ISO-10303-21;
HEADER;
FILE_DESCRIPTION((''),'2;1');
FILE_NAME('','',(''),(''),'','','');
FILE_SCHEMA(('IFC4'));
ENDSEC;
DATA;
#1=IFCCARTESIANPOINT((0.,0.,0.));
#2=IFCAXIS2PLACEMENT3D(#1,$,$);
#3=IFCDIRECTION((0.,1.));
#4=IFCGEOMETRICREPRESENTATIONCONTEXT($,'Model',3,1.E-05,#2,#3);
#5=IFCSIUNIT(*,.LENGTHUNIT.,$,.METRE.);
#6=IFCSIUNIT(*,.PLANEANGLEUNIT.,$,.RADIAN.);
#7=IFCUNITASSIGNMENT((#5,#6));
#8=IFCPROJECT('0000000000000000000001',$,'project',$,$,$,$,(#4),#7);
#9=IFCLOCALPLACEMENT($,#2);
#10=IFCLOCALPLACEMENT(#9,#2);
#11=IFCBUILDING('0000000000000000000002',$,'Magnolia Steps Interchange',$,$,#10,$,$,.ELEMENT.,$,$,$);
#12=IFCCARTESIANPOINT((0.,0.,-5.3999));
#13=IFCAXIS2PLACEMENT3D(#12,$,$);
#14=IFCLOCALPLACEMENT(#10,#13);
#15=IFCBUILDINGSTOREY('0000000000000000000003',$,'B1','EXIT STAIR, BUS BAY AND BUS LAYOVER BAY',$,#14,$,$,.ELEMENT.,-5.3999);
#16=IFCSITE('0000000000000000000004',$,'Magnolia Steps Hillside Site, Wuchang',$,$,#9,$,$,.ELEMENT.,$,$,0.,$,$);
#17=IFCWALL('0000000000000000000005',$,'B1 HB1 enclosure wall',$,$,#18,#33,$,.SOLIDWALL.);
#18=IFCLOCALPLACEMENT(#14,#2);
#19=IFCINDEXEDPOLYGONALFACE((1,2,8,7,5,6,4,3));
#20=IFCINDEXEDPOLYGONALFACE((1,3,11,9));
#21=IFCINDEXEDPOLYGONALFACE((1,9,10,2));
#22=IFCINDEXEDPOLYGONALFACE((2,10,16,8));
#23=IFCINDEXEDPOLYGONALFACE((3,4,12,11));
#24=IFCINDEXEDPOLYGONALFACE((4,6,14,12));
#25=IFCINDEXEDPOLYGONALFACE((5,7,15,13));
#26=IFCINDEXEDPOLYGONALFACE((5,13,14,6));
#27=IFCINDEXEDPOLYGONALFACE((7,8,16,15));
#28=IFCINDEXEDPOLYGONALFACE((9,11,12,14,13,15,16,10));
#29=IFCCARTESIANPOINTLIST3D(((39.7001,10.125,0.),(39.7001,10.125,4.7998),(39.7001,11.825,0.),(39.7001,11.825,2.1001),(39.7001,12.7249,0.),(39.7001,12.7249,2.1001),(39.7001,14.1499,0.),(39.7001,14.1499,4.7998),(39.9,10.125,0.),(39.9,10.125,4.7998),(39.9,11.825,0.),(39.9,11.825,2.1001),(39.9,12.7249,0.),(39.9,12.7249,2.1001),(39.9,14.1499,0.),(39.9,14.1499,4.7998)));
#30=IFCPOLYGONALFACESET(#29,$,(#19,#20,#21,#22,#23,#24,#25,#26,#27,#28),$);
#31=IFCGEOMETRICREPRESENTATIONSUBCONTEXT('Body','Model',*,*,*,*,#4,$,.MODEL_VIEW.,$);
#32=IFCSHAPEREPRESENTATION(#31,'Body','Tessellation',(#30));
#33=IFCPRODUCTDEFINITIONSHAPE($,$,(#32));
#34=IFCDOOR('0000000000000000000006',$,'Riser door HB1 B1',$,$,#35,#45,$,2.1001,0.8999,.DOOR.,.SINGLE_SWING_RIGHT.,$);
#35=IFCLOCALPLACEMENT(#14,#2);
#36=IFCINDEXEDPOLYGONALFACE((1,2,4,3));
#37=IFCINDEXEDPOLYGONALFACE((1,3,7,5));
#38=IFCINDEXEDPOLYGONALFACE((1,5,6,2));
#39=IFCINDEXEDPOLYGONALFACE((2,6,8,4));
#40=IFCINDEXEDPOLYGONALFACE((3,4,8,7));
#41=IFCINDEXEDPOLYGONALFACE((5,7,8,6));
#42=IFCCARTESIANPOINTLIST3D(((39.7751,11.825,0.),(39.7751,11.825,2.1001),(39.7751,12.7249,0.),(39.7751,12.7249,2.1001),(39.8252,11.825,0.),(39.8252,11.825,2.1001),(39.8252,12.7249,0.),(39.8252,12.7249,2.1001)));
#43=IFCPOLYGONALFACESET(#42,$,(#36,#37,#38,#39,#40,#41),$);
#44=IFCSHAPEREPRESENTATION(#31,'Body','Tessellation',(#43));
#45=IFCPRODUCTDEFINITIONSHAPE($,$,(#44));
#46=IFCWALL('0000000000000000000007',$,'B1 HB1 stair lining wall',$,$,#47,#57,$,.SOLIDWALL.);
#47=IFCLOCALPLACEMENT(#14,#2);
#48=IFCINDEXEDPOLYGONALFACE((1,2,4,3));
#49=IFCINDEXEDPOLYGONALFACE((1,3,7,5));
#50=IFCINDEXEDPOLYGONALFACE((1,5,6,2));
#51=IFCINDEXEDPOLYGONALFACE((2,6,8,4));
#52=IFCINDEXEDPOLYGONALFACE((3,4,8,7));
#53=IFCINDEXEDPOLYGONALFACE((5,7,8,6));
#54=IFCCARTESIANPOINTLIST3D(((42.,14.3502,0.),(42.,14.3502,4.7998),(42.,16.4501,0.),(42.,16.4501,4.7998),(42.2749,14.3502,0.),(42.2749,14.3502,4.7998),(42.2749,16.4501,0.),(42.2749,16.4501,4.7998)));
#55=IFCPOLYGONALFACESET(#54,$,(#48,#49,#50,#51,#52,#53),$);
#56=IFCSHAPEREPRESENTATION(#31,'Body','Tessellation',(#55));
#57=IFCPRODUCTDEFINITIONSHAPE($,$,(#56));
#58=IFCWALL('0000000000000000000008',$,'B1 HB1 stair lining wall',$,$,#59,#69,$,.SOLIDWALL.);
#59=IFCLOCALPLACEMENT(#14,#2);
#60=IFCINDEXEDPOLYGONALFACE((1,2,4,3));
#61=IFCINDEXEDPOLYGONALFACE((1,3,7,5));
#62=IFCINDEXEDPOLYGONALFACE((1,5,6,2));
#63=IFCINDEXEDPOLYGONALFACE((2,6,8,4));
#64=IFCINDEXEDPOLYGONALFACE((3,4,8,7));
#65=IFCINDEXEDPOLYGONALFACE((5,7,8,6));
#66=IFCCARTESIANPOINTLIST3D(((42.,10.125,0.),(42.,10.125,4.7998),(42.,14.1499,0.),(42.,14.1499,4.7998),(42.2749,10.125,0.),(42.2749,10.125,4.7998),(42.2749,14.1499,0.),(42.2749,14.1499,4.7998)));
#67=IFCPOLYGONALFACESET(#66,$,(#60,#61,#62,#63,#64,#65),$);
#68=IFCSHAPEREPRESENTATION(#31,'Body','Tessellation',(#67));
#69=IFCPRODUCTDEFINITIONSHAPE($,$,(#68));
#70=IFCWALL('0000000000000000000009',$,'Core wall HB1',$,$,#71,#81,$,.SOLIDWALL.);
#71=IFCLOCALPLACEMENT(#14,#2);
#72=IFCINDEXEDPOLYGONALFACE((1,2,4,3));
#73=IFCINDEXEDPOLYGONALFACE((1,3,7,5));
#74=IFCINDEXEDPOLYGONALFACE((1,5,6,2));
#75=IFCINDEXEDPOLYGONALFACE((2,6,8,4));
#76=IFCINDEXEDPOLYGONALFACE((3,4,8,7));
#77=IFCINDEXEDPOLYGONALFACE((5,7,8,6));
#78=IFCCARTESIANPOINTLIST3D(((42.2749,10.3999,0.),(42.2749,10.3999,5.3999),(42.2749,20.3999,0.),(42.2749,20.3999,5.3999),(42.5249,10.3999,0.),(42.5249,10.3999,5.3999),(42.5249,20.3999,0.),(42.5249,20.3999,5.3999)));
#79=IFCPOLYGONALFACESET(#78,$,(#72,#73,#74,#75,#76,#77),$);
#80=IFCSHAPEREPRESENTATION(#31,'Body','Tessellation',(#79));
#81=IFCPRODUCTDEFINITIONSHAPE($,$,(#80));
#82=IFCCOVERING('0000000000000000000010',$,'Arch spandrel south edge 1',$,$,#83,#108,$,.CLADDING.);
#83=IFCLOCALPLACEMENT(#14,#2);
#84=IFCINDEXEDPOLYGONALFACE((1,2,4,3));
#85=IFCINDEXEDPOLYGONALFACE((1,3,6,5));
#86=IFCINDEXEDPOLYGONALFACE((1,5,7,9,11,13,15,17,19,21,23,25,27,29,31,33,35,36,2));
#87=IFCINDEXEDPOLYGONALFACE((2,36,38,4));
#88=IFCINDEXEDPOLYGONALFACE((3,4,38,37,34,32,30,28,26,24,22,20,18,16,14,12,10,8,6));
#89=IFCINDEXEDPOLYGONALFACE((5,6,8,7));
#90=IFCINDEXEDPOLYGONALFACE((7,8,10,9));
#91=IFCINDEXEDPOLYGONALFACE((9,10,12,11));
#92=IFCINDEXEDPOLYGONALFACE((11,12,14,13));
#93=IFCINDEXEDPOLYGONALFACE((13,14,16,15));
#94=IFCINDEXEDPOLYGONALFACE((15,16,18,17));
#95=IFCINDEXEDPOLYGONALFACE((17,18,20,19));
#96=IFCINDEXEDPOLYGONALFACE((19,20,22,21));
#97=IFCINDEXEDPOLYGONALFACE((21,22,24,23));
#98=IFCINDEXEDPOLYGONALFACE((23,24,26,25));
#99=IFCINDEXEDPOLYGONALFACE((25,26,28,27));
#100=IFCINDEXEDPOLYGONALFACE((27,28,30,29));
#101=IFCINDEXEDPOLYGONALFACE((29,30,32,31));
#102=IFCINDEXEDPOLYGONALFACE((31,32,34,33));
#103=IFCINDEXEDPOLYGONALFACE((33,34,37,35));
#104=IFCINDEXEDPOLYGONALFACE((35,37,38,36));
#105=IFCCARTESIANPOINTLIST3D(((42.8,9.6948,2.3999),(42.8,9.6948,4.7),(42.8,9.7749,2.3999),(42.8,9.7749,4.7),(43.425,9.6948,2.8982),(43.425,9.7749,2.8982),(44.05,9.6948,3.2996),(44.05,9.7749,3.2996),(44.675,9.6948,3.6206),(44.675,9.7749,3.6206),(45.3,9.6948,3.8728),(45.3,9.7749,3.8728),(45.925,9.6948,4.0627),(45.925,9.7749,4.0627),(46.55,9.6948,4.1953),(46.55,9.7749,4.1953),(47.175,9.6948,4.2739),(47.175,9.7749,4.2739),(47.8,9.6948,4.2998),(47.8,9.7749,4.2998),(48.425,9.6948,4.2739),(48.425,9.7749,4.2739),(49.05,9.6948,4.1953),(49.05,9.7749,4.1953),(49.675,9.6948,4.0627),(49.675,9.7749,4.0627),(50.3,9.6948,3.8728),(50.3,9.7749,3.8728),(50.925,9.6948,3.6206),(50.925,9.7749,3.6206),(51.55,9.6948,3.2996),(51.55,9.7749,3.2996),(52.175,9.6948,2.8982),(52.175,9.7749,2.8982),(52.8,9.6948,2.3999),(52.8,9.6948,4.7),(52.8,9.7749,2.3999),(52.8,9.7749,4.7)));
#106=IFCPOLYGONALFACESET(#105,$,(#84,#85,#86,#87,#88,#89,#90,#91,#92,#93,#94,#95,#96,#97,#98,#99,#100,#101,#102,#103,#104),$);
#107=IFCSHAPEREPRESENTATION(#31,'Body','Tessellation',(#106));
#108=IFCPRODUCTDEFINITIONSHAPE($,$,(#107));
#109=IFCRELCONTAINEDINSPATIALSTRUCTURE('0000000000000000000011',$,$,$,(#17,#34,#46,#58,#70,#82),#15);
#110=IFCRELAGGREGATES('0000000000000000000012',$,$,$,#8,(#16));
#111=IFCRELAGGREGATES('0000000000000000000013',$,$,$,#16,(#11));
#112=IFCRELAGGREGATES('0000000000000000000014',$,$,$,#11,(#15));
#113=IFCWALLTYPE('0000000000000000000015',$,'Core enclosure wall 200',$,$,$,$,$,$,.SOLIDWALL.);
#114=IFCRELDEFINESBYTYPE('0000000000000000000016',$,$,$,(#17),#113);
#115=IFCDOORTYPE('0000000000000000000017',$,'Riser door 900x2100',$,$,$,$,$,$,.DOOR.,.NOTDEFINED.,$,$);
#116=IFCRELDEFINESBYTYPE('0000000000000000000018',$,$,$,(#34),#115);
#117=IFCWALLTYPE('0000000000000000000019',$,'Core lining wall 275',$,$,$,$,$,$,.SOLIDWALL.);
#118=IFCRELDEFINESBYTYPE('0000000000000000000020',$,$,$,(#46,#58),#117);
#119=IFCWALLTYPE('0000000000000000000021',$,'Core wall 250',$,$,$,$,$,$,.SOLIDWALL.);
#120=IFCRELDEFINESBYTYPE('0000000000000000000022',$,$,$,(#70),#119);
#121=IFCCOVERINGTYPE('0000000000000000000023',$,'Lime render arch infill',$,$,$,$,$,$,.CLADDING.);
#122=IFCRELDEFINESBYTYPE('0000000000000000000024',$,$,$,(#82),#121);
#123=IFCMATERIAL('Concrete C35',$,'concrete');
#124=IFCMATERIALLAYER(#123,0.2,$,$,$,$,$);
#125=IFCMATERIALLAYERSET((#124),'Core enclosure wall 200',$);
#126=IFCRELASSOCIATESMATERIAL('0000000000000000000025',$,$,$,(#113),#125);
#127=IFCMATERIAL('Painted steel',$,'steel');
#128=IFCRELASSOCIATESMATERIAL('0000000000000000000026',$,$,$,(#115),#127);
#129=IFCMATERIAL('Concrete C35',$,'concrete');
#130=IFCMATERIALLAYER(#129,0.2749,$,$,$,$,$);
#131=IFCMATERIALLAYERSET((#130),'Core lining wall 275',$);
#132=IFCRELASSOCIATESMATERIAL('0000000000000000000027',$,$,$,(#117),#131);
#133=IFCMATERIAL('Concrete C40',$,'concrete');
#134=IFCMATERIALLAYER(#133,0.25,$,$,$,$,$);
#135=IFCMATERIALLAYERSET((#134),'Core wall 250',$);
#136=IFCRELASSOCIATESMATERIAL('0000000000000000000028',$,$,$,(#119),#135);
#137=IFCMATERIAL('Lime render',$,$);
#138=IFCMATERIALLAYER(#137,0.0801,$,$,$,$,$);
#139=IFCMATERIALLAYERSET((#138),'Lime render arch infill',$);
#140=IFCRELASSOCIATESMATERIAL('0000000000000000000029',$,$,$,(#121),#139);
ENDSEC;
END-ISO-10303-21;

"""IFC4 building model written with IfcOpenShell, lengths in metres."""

from ifc_helpers import new_model, si_unit, direction, frame, frame_2d, origin, place, context, subcontext, project, spatial, polyline, rectangle, outline, extrude, material, layer, layer_set, type_object, element, fill, save


model = new_model("IFC4")

# Units and contexts
model_context = context("Model", 3, precision=1e-05, world=origin(), true_north=direction((0.0, 1.0)))
body_context = subcontext(model_context, "Body", "Model", "MODEL_VIEW")
ifc_project = project(units=[si_unit("LENGTHUNIT", "METRE"), si_unit("PLANEANGLEUNIT", "RADIAN")], contexts=[model_context])

# Site, building, storey
site_placement = place(None, origin())
site = spatial("IfcSite", under=ifc_project, at=site_placement, Name="Magnolia Steps Hillside Site, Wuchang", CompositionType="ELEMENT", RefElevation=0.0)
building_placement = place(site_placement, origin())
building = spatial("IfcBuilding", under=site, at=building_placement, Name="Magnolia Steps Interchange", CompositionType="ELEMENT")
storey_placement = place(building_placement, frame((0.0, 0.0, -5.3999)))
storey = spatial("IfcBuildingStorey", under=building, at=storey_placement, Name="B1", Description="EXIT STAIR, BUS BAY AND BUS LAYOVER BAY", CompositionType="ELEMENT", Elevation=-5.3999)

# Shared definitions
ifc_material_1 = material(Name="Concrete C35", Category="concrete")
ifc_layer_1 = layer(ifc_material_1, 0.2)
ifc_layer_set_1 = layer_set([ifc_layer_1], Name="Core enclosure wall 200")
wall_type_1 = type_object("IfcWallType", Name="Core enclosure wall 200", PredefinedType="SOLIDWALL", material=ifc_layer_set_1)

# Wall, opening, door
wall_1_placement = place(storey_placement, frame((39.8, 14.1499, 0.0), z_axis=(0.0, 0.0, 1.0), x_axis=(0.0, -1.0, 0.0)))
wall_1 = element("IfcWall", 1, at=wall_1_placement, inside=storey, type_object=wall_type_1, Name="B1 HB1 enclosure wall", PredefinedType="SOLIDWALL", context=body_context, shape_type="SweptSolid", body=[
    extrude(rectangle(XDim=4.0249, YDim=0.2, at=frame_2d((2.0125, 0.0))), origin(), (0.0, 0.0, 1.0), 4.7998),
])
opening_1_placement = place(wall_1_placement, frame((1.425, 0.0, 0.0)))
opening_1 = element("IfcOpeningElement", 2, at=opening_1_placement, cuts=wall_1, PredefinedType="OPENING", context=body_context, shape_type="SweptSolid", body=[
    extrude(rectangle(XDim=0.8999, YDim=2.1001, at=frame_2d((0.45, 1.05))), frame((0.0, 0.1099, 0.0), z_axis=(0.0, -1.0, 0.0), x_axis=(1.0, 0.0, 0.0)), (0.0, 0.0, 1.0), 0.22),
])
ifc_material_2 = material(Name="Painted steel", Category="steel")
door_type_1 = type_object("IfcDoorType", Name="Riser door 900x2100", OperationType="NOTDEFINED", PredefinedType="DOOR", material=ifc_material_2)
door_1_placement = place(opening_1_placement, frame((0.8999, 0.0, 0.0), z_axis=(0.0, 0.0, 1.0), x_axis=(-1.0, 0.0, 0.0)))
door_1 = element("IfcDoor", 3, at=door_1_placement, inside=storey, type_object=door_type_1, Name="Riser door HB1 B1", OperationType="SINGLE_SWING_RIGHT", OverallHeight=2.1001, OverallWidth=0.8999, PredefinedType="DOOR", context=body_context, shape_type="SweptSolid", body=[
    extrude(rectangle(XDim=0.8999, YDim=2.1001, at=frame_2d((0.45, 1.05))), frame((0.0, 0.0249, 0.0), z_axis=(0.0, -1.0, 0.0), x_axis=(1.0, 0.0, 0.0)), (0.0, 0.0, 1.0), 0.05),
])
fill(opening_1, door_1)

# Walls
ifc_material_3 = material(Name="Concrete C35", Category="concrete")
ifc_layer_2 = layer(ifc_material_3, 0.2749)
ifc_layer_set_2 = layer_set([ifc_layer_2], Name="Core lining wall 275")
wall_type_2 = type_object("IfcWallType", Name="Core lining wall 275", PredefinedType="SOLIDWALL", material=ifc_layer_set_2)
wall_2_placement = place(storey_placement, frame((42.1375, 16.45, 0.0), z_axis=(0.0, 0.0, 1.0), x_axis=(0.0, -1.0, 0.0)))
element("IfcWall", 4, at=wall_2_placement, inside=storey, type_object=wall_type_2, Name="B1 HB1 stair lining wall", PredefinedType="SOLIDWALL", context=body_context, shape_type="SweptSolid", body=[
    extrude(rectangle(XDim=2.0999, YDim=0.2749, at=frame_2d((1.0498, 0.0))), origin(), (0.0, 0.0, 1.0), 4.7998),
])
wall_3_placement = place(storey_placement, frame((42.1375, 14.1499, 0.0), z_axis=(0.0, 0.0, 1.0), x_axis=(0.0, -1.0, 0.0)))
element("IfcWall", 5, at=wall_3_placement, inside=storey, type_object=wall_type_2, Name="B1 HB1 stair lining wall", PredefinedType="SOLIDWALL", context=body_context, shape_type="SweptSolid", body=[
    extrude(rectangle(XDim=4.0249, YDim=0.2749, at=frame_2d((2.0125, 0.0))), origin(), (0.0, 0.0, 1.0), 4.7998),
])
ifc_material_4 = material(Name="Concrete C40", Category="concrete")
ifc_layer_3 = layer(ifc_material_4, 0.25)
ifc_layer_set_3 = layer_set([ifc_layer_3], Name="Core wall 250")
wall_type_3 = type_object("IfcWallType", Name="Core wall 250", PredefinedType="SOLIDWALL", material=ifc_layer_set_3)
wall_4_placement = place(storey_placement, frame((42.3999, 10.3999, 0.0), z_axis=(0.0, 0.0, 1.0), x_axis=(0.0, 1.0, 0.0)))
element("IfcWall", 6, at=wall_4_placement, inside=storey, type_object=wall_type_3, Name="Core wall HB1", PredefinedType="SOLIDWALL", context=body_context, shape_type="SweptSolid", body=[
    extrude(rectangle(XDim=10.0, YDim=0.25, at=frame_2d((5.0, 0.0))), origin(), (0.0, 0.0, 1.0), 5.3999),
])

# Covering
ifc_material_5 = material(Name="Lime render")
ifc_layer_4 = layer(ifc_material_5, 0.0801)
ifc_layer_set_4 = layer_set([ifc_layer_4], Name="Lime render arch infill")
covering_type = type_object("IfcCoveringType", Name="Lime render arch infill", PredefinedType="CLADDING", material=ifc_layer_set_4)
covering_placement = place(storey_placement, frame((42.8, 9.7749, 2.3999), z_axis=(0.0, 1.0, 0.0), x_axis=(0.0, 0.0, 1.0)))
element("IfcCovering", 7, at=covering_placement, inside=storey, type_object=covering_type, Name="Arch spandrel south edge 1", PredefinedType="CLADDING", context=body_context, shape_type="SweptSolid", body=[
    extrude(outline(polyline([(0.0, 0.0), (2.3, 0.0), (2.3, 10.0), (0.0, 10.0), (0.4983, 9.375), (0.8997, 8.75), (1.2207, 8.125), (1.4729, 7.5), (1.6628, 6.875), (1.7954, 6.25), (1.874, 5.625), (1.8999, 5.0), (1.874, 4.375), (1.7954, 3.75), (1.6628, 3.125), (1.4729, 2.5), (1.2207, 1.875), (0.8997, 1.25), (0.4983, 0.625), (0.0, 0.0)])), origin(), (0.0, 0.0, -1.0), 0.0801),
])

save(model, "model.ifc")
